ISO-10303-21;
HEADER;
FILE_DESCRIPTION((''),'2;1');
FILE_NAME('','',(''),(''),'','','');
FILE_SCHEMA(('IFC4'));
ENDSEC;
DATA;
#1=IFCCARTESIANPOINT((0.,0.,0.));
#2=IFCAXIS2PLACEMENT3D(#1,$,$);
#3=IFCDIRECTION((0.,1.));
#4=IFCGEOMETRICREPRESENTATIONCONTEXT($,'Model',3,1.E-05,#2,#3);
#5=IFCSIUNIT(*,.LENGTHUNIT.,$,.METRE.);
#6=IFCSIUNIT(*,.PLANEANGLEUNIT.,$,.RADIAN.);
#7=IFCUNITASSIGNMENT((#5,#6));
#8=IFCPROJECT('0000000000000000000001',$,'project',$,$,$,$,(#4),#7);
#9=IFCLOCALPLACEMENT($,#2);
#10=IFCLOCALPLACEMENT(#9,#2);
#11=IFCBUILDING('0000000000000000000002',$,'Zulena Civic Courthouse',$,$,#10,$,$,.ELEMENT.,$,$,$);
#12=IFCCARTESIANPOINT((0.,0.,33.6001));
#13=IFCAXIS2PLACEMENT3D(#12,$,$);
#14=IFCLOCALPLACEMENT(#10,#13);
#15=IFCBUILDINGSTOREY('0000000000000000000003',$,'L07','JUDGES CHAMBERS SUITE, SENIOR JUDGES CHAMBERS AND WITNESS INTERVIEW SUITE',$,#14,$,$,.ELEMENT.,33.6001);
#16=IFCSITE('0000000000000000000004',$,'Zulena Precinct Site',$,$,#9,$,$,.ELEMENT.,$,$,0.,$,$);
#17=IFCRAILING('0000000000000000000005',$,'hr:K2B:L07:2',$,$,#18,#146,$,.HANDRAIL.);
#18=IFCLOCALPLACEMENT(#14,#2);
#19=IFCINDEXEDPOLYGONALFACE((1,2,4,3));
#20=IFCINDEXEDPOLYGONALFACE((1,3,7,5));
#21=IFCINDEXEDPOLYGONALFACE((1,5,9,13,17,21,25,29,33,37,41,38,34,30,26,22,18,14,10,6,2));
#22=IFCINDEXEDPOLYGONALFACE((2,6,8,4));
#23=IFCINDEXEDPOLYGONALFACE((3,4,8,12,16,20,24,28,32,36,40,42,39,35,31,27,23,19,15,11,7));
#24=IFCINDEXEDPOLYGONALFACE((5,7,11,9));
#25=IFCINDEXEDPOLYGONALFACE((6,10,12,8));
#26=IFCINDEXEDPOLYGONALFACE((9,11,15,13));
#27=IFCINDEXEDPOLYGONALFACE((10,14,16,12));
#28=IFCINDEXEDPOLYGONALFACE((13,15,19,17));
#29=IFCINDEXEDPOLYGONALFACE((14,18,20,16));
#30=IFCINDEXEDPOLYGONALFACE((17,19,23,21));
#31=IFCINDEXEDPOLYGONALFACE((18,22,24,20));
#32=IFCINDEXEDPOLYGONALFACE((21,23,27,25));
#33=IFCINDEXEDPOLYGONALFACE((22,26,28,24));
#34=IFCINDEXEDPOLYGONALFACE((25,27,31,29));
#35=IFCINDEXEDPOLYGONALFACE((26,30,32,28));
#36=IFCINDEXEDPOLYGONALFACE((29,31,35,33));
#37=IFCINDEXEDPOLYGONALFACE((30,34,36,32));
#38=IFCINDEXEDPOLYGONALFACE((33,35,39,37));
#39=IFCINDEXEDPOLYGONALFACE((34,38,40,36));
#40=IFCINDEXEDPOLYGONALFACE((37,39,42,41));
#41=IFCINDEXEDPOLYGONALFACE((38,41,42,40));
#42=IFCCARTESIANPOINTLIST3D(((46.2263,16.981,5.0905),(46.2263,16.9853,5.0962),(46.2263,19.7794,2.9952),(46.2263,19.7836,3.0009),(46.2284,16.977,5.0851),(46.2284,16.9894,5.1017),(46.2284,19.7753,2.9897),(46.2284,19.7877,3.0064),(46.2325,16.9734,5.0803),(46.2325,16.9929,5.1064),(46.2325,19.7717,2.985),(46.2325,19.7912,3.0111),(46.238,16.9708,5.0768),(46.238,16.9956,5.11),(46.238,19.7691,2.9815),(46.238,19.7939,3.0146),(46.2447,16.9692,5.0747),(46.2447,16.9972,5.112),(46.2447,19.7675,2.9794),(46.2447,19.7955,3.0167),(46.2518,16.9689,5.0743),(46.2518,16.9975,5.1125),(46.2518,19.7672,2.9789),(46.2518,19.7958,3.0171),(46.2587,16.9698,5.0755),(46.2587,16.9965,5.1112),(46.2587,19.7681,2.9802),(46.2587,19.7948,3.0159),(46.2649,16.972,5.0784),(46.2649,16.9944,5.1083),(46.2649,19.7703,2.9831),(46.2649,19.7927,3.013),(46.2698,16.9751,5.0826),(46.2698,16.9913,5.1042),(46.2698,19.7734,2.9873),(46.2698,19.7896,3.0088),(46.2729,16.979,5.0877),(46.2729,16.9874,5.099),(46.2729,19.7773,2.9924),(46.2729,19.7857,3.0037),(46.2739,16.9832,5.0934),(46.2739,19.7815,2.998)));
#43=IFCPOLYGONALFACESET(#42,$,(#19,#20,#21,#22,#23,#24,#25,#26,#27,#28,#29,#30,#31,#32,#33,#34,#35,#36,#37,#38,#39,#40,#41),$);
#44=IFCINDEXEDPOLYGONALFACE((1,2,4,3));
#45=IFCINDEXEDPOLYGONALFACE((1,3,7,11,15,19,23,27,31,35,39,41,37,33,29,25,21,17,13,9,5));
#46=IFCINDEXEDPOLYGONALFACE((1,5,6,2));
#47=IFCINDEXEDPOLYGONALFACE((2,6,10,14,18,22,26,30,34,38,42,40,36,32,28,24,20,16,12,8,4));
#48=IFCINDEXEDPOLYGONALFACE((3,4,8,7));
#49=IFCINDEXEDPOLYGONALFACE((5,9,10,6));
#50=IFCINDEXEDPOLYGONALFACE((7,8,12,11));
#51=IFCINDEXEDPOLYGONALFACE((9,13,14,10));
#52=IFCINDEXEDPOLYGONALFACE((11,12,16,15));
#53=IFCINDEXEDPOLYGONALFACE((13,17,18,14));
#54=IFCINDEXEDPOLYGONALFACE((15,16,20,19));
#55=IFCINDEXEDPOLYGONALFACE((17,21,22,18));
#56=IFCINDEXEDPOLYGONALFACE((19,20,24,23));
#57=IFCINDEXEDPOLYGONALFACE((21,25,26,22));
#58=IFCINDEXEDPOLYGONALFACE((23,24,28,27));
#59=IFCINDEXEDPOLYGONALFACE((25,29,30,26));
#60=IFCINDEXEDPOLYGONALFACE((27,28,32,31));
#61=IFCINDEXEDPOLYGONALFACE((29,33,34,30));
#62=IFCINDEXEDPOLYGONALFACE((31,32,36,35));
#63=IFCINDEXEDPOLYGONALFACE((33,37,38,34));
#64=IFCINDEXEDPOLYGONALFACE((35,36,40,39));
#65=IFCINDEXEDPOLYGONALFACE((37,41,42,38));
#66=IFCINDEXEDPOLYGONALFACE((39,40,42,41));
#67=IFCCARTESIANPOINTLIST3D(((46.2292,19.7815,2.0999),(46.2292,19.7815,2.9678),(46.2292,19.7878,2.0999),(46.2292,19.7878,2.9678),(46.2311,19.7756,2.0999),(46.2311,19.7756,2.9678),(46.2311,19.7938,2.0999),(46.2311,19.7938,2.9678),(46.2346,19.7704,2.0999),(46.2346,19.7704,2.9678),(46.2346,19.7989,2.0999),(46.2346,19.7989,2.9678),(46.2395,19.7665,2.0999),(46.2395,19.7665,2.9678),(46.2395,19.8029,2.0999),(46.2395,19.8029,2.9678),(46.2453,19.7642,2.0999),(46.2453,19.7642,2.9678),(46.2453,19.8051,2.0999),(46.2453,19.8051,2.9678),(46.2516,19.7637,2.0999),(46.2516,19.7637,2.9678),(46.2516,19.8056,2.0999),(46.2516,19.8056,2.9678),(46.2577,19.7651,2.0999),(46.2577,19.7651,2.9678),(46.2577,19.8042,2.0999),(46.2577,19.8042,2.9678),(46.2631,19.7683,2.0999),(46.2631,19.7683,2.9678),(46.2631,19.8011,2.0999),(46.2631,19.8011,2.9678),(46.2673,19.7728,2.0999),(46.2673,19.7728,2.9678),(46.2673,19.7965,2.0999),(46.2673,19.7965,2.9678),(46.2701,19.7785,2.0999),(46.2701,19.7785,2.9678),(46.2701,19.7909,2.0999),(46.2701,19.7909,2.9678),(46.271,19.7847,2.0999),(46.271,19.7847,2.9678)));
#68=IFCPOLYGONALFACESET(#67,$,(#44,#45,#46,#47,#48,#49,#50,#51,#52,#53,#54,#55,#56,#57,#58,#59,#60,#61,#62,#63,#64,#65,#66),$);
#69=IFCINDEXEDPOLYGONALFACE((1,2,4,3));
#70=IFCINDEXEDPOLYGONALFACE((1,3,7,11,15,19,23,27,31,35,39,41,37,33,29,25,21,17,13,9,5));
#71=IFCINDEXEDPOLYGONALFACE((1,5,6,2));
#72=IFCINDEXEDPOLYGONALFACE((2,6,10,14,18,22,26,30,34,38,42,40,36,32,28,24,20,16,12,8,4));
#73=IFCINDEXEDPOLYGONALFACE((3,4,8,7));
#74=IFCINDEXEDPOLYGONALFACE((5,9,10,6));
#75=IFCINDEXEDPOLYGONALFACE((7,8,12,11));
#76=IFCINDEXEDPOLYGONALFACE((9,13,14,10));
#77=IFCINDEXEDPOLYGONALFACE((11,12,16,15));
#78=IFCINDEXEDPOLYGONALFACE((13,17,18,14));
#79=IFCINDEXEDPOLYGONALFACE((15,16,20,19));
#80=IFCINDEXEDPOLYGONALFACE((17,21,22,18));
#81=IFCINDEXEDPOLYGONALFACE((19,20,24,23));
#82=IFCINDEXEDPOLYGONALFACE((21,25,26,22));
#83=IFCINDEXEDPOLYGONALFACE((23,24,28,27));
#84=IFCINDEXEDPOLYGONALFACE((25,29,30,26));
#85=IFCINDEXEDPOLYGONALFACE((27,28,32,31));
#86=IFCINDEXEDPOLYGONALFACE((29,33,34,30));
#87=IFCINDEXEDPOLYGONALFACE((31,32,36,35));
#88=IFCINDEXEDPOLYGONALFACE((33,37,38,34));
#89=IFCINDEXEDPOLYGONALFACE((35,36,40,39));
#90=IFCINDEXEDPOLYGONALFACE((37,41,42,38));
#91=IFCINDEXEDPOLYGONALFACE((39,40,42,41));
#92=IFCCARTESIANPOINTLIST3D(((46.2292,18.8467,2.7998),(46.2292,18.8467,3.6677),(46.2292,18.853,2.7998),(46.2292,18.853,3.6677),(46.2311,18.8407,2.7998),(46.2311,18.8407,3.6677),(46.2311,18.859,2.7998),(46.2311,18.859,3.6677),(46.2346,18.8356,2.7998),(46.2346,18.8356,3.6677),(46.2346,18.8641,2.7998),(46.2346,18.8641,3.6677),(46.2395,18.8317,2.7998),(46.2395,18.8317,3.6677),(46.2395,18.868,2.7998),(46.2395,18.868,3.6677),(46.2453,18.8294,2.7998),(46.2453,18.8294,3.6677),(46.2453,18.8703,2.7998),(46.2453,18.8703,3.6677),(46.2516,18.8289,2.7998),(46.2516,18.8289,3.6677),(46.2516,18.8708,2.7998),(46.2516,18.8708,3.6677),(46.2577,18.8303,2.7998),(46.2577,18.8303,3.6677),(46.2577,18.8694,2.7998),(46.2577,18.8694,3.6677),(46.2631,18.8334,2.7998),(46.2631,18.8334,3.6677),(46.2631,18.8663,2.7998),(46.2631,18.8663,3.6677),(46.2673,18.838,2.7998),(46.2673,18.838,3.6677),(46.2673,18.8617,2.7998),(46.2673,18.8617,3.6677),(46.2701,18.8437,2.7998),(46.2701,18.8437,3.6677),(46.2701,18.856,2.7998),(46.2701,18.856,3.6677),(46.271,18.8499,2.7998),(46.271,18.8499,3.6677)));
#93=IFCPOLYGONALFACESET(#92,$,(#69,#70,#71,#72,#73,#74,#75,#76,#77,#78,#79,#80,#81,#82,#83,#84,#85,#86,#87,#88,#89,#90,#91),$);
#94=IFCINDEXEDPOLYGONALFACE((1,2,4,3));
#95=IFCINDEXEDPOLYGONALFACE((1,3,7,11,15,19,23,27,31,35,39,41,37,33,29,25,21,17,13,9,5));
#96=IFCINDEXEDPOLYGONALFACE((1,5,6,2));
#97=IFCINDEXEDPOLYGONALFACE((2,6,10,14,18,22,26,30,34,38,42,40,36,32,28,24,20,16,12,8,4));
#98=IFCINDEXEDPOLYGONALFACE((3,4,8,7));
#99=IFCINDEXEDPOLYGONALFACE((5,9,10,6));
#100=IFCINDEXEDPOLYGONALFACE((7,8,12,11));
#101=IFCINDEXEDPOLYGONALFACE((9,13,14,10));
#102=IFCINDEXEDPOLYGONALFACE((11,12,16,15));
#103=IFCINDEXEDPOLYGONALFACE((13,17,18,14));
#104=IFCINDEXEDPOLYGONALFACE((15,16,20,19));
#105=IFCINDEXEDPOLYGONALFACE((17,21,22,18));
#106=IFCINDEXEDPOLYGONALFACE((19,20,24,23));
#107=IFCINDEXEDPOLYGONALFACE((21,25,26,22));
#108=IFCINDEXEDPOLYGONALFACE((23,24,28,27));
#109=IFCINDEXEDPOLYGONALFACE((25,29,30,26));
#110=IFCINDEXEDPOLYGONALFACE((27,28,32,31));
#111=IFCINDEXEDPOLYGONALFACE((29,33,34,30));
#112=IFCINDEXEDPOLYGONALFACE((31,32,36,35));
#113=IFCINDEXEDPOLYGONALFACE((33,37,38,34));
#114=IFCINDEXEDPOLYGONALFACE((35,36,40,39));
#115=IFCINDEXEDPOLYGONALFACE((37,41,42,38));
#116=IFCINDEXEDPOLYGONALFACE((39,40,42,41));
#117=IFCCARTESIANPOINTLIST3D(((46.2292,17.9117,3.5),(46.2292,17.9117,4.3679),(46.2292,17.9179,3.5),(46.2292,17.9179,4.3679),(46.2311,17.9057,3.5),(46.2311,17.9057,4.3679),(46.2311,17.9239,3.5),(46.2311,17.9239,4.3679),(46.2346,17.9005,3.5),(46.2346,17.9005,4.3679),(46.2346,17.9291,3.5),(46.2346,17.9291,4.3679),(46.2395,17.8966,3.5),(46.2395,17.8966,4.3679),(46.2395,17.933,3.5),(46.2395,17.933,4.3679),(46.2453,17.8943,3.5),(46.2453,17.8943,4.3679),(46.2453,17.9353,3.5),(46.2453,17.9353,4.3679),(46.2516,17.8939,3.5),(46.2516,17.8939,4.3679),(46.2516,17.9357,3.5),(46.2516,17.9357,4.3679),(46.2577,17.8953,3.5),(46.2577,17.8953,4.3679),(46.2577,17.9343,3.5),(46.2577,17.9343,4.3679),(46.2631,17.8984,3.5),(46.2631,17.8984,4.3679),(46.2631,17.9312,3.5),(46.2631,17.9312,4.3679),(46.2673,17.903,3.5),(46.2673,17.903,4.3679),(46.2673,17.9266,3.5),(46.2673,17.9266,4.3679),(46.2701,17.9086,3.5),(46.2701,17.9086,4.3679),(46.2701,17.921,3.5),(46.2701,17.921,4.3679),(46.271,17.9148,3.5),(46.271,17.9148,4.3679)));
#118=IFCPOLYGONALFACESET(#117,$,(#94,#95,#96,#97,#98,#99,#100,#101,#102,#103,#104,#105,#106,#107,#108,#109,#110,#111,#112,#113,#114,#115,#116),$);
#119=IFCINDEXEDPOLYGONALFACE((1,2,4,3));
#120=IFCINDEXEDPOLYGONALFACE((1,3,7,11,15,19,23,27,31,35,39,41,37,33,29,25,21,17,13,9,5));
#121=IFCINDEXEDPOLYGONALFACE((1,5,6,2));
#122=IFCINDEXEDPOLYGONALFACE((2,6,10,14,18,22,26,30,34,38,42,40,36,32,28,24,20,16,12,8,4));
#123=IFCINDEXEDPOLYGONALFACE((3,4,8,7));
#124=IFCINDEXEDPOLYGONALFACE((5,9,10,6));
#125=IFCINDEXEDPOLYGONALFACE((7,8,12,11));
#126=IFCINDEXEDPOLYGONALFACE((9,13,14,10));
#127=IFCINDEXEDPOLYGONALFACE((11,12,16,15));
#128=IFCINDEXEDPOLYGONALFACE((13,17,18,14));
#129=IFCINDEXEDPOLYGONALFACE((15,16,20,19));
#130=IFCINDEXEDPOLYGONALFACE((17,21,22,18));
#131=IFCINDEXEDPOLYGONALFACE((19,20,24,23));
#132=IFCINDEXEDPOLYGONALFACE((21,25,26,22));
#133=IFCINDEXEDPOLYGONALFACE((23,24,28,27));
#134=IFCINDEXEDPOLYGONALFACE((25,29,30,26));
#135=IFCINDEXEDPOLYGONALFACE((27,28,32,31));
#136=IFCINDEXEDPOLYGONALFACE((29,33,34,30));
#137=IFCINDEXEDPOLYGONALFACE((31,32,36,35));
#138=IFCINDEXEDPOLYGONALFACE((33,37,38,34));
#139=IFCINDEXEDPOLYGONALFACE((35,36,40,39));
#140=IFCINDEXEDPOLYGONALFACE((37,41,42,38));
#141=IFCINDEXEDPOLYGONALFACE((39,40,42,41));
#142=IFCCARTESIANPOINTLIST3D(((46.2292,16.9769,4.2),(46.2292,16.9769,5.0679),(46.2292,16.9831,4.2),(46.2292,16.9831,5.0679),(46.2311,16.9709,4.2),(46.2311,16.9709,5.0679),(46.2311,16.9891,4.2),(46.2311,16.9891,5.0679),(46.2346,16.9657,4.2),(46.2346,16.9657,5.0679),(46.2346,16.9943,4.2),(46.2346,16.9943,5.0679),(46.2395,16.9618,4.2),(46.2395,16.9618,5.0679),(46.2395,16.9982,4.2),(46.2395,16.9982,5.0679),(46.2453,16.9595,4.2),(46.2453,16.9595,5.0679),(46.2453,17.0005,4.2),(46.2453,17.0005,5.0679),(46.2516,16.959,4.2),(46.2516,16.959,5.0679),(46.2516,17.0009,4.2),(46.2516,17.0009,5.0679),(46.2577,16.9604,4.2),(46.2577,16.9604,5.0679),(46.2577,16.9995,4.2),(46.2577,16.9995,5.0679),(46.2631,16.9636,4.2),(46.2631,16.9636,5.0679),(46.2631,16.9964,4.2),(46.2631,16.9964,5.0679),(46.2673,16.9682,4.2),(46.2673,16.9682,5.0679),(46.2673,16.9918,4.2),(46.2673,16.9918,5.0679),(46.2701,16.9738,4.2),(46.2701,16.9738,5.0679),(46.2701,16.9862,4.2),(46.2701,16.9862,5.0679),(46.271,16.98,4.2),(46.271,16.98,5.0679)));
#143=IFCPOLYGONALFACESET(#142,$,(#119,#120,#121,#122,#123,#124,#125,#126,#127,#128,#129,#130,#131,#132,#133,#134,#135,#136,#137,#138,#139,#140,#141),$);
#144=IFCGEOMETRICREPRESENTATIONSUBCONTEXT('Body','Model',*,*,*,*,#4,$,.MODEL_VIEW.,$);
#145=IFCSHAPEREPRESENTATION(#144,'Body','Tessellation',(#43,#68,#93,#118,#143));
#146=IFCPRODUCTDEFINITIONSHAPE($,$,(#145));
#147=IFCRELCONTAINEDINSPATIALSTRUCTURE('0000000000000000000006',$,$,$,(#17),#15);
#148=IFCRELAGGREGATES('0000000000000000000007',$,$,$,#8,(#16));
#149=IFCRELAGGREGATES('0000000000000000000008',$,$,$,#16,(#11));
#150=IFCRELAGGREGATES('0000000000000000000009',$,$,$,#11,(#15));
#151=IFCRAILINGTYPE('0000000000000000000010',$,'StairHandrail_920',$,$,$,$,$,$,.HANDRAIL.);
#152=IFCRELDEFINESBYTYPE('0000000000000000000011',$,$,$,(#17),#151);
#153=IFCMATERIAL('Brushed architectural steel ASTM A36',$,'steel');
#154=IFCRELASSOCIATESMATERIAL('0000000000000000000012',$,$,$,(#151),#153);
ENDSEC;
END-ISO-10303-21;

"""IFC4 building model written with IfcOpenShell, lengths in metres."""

from ifc_helpers import new_model, si_unit, direction, frame, origin, origin_2d, place, context, subcontext, project, spatial, circle, extrude, material, type_object, element, save


model = new_model("IFC4")

# Units and contexts
model_context = context("Model", 3, precision=1e-05, world=origin(), true_north=direction((0.0, 1.0)))
body_context = subcontext(model_context, "Body", "Model", "MODEL_VIEW")
ifc_project = project(units=[si_unit("LENGTHUNIT", "METRE"), si_unit("PLANEANGLEUNIT", "RADIAN")], contexts=[model_context])

# Site, building, storey
site_placement = place(None, origin())
site = spatial("IfcSite", under=ifc_project, at=site_placement, Name="Zulena Precinct Site", CompositionType="ELEMENT", RefElevation=0.0)
building_placement = place(site_placement, origin())
building = spatial("IfcBuilding", under=site, at=building_placement, Name="Zulena Civic Courthouse", CompositionType="ELEMENT")
storey_placement = place(building_placement, frame((0.0, 0.0, 33.6001)))
storey = spatial("IfcBuildingStorey", under=building, at=storey_placement, Name="L07", Description="JUDGES CHAMBERS SUITE, SENIOR JUDGES CHAMBERS AND WITNESS INTERVIEW SUITE", CompositionType="ELEMENT", Elevation=33.6001)

# Railing
ifc_material_1 = material(Name="Brushed architectural steel ASTM A36", Category="steel")
railing_type_1 = type_object("IfcRailingType", Name="StairHandrail_920", PredefinedType="HANDRAIL", material=ifc_material_1)
railing_1_placement = place(storey_placement, frame((46.25, 19.7847, 2.0999)))
element("IfcRailing", 1, at=railing_1_placement, inside=storey, type_object=railing_type_1, Name="hr:K2B:L07:2", PredefinedType="HANDRAIL", context=body_context, shape_type="SweptSolid", body=[
    extrude(circle(Radius=0.0239, at=origin_2d()), frame((0.0, -0.0032, 0.8982), z_axis=(0.0, -0.800468, 0.599375), x_axis=(1.0, 0.0, 0.0)), (0.0, 0.0, 1.0), 3.4958),
    extrude(circle(Radius=0.021, at=origin_2d()), origin(), (0.0, 0.0, 1.0), 0.8679),
    extrude(circle(Radius=0.021, at=origin_2d()), frame((0.0, -0.9348, 0.7)), (0.0, 0.0, 1.0), 0.8679),
    extrude(circle(Radius=0.021, at=origin_2d()), frame((0.0, -1.8699, 1.4001)), (0.0, 0.0, 1.0), 0.8679),
    extrude(circle(Radius=0.021, at=origin_2d()), frame((0.0, -2.8047, 2.1001)), (0.0, 0.0, 1.0), 0.8679),
])

save(model, "model.ifc")
